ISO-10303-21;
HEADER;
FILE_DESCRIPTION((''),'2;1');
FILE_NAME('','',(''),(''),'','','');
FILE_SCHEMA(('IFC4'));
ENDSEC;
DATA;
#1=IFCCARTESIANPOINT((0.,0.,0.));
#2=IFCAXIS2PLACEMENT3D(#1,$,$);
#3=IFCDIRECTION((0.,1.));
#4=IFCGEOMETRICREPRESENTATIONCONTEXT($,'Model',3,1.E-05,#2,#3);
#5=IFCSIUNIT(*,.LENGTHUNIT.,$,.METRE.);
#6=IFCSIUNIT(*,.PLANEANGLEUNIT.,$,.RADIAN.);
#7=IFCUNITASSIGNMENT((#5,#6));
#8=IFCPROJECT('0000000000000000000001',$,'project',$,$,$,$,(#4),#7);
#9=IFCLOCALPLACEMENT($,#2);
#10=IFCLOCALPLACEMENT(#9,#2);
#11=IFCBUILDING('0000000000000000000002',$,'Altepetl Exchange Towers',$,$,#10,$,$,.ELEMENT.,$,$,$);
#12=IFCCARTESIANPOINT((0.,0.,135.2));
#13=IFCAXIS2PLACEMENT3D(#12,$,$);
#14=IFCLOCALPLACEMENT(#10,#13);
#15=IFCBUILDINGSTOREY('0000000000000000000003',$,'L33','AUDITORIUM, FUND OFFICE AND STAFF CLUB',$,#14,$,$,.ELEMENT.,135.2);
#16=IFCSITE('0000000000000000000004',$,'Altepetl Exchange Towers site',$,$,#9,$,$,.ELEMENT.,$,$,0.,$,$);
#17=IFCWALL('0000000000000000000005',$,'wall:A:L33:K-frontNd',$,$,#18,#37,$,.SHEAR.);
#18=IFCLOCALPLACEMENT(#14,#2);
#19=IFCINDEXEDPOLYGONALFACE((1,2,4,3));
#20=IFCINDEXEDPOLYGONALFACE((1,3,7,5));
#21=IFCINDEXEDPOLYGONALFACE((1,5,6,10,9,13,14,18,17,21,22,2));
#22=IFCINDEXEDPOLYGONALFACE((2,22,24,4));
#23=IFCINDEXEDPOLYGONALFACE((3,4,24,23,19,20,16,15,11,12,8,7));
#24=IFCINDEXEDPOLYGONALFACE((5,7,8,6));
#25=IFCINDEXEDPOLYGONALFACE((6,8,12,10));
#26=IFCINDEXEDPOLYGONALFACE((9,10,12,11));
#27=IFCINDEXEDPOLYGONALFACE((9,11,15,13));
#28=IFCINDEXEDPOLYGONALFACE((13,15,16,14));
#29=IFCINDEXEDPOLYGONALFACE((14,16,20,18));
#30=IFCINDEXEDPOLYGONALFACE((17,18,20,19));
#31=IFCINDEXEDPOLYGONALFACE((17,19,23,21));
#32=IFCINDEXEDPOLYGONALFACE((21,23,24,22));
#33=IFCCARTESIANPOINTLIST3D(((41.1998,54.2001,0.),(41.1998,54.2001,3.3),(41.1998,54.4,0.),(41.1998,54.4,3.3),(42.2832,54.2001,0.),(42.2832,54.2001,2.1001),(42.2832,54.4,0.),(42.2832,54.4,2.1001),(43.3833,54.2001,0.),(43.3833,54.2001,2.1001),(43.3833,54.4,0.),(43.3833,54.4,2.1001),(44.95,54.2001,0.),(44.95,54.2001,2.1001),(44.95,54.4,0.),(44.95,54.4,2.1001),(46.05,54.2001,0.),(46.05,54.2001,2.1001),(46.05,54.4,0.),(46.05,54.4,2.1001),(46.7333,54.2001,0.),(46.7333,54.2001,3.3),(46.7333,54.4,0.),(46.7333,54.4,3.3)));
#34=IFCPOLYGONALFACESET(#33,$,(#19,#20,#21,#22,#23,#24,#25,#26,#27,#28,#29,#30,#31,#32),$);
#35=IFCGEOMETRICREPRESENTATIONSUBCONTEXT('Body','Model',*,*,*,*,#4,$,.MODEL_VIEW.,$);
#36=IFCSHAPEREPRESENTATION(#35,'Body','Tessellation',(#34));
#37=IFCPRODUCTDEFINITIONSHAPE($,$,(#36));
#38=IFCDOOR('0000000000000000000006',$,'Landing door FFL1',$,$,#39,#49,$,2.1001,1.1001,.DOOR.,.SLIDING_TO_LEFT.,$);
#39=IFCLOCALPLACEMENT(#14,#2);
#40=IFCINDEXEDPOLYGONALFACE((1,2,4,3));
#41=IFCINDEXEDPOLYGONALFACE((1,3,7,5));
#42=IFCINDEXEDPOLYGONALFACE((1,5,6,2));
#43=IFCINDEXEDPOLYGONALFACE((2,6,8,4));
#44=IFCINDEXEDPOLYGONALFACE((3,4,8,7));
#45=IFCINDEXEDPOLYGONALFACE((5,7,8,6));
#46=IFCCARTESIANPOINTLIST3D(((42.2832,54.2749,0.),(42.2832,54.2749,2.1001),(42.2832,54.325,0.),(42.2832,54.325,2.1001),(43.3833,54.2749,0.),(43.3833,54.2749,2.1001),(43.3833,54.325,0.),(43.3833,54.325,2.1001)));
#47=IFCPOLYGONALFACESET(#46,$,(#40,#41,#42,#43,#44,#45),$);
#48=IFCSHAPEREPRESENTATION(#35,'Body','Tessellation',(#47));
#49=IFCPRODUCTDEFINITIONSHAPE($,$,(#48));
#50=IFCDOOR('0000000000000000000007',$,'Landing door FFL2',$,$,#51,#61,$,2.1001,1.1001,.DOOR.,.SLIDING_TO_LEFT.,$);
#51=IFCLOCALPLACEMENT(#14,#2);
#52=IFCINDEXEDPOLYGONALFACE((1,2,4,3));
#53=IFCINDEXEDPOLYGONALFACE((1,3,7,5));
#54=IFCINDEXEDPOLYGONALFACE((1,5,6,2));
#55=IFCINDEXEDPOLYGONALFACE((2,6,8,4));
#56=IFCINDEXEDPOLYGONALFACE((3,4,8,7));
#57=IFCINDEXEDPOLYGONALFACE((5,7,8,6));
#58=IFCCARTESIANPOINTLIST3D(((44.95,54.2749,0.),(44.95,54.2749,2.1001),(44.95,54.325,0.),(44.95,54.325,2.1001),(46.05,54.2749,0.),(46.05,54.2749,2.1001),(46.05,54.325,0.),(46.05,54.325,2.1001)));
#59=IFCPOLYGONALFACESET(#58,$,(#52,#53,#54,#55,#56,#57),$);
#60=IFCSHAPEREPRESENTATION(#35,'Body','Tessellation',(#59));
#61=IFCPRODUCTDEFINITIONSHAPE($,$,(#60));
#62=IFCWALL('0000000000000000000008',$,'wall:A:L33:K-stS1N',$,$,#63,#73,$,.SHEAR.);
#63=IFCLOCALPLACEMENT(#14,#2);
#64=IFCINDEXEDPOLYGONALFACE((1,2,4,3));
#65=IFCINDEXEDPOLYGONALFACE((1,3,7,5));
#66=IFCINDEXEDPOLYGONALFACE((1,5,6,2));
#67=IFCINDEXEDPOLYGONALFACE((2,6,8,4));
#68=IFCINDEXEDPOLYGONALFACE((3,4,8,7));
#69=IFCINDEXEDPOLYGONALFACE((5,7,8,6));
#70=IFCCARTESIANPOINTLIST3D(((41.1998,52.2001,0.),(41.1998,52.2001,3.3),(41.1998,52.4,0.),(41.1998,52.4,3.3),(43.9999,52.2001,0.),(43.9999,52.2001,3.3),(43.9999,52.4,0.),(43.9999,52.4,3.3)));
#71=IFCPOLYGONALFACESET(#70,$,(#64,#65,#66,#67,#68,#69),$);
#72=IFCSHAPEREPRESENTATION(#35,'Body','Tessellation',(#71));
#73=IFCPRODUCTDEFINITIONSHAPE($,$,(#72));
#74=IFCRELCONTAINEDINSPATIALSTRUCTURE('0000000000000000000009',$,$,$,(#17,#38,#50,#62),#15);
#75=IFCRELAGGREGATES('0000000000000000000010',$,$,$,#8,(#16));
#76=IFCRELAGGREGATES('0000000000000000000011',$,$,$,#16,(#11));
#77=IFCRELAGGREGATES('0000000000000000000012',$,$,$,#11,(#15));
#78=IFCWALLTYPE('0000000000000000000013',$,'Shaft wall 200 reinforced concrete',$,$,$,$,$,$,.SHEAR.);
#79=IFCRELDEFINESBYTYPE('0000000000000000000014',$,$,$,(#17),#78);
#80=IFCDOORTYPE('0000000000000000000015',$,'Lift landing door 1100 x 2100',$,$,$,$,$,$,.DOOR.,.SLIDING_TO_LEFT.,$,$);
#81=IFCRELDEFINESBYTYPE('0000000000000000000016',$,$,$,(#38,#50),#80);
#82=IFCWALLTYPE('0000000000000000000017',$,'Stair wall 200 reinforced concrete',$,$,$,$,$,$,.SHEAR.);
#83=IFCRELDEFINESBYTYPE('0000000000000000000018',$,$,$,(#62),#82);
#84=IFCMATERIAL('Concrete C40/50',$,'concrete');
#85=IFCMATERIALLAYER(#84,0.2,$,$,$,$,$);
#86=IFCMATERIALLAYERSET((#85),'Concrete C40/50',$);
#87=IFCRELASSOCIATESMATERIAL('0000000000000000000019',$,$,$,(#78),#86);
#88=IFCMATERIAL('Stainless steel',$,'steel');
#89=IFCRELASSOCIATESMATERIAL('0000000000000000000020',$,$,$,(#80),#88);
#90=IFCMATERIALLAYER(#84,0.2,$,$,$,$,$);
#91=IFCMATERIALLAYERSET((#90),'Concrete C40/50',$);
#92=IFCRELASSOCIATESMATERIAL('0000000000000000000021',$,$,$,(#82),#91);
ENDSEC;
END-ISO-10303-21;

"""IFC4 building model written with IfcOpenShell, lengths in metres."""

from ifc_helpers import new_model, si_unit, direction, frame, frame_2d, origin, place, context, subcontext, project, spatial, rectangle, extrude, material, layer, layer_set, type_object, element, fill, save


model = new_model("IFC4")

# Units and contexts
model_context = context("Model", 3, precision=1e-05, world=origin(), true_north=direction((0.0, 1.0)))
body_context = subcontext(model_context, "Body", "Model", "MODEL_VIEW")
ifc_project = project(units=[si_unit("LENGTHUNIT", "METRE"), si_unit("PLANEANGLEUNIT", "RADIAN")], contexts=[model_context])

# Site, building, storey
site_placement = place(None, origin())
site = spatial("IfcSite", under=ifc_project, at=site_placement, Name="Altepetl Exchange Towers site", CompositionType="ELEMENT", RefElevation=0.0)
building_placement = place(site_placement, origin())
building = spatial("IfcBuilding", under=site, at=building_placement, Name="Altepetl Exchange Towers", CompositionType="ELEMENT")
storey_placement = place(building_placement, frame((0.0, 0.0, 135.2)))
storey = spatial("IfcBuildingStorey", under=building, at=storey_placement, Name="L33", Description="AUDITORIUM, FUND OFFICE AND STAFF CLUB", CompositionType="ELEMENT", Elevation=135.2)

# Shared definitions
ifc_material_1 = material(Name="Concrete C40/50", Category="concrete")
ifc_layer_1 = layer(ifc_material_1, 0.2)
ifc_layer_set_1 = layer_set([ifc_layer_1], Name="Concrete C40/50")
wall_type_1 = type_object("IfcWallType", Name="Shaft wall 200 reinforced concrete", PredefinedType="SHEAR", material=ifc_layer_set_1)

# Wall, openings, doors
wall_1_placement = place(storey_placement, frame((41.2, 54.3, 0.0)))
wall_1 = element("IfcWall", 1, at=wall_1_placement, inside=storey, type_object=wall_type_1, Name="wall:A:L33:K-frontNd", PredefinedType="SHEAR", context=body_context, shape_type="SweptSolid", body=[
    extrude(rectangle(XDim=5.5334, YDim=0.2, at=frame_2d((2.7666, 0.0))), origin(), (0.0, 0.0, 1.0), 3.3),
])
opening_1_placement = place(wall_1_placement, frame((1.0833, 0.0, 0.0)))
opening_1 = element("IfcOpeningElement", 2, at=opening_1_placement, cuts=wall_1, PredefinedType="OPENING", context=body_context, shape_type="SweptSolid", body=[
    extrude(rectangle(XDim=1.1001, YDim=2.1001, at=frame_2d((0.55, 1.05))), frame((0.0, 0.1099, 0.0), z_axis=(0.0, -1.0, 0.0), x_axis=(1.0, 0.0, 0.0)), (0.0, 0.0, 1.0), 0.22),
])
opening_2_placement = place(wall_1_placement, frame((3.75, 0.0, 0.0)))
opening_2 = element("IfcOpeningElement", 3, at=opening_2_placement, cuts=wall_1, PredefinedType="OPENING", context=body_context, shape_type="SweptSolid", body=[
    extrude(rectangle(XDim=1.1001, YDim=2.1001, at=frame_2d((0.55, 1.05))), frame((0.0, 0.1099, 0.0), z_axis=(0.0, -1.0, 0.0), x_axis=(1.0, 0.0, 0.0)), (0.0, 0.0, 1.0), 0.22),
])
ifc_material_2 = material(Name="Stainless steel", Category="steel")
door_type_1 = type_object("IfcDoorType", Name="Lift landing door 1100 x 2100", OperationType="SLIDING_TO_LEFT", PredefinedType="DOOR", material=ifc_material_2)
door_1_placement = place(opening_1_placement, origin())
door_1 = element("IfcDoor", 4, at=door_1_placement, inside=storey, type_object=door_type_1, Name="Landing door FFL1", OperationType="SLIDING_TO_LEFT", OverallHeight=2.1001, OverallWidth=1.1001, PredefinedType="DOOR", context=body_context, shape_type="SweptSolid", body=[
    extrude(rectangle(XDim=1.1001, YDim=2.1001, at=frame_2d((0.55, 1.05))), frame((0.0, 0.0249, 0.0), z_axis=(0.0, -1.0, 0.0), x_axis=(1.0, 0.0, 0.0)), (0.0, 0.0, 1.0), 0.05),
])
fill(opening_1, door_1)
door_2_placement = place(opening_2_placement, origin())
door_2 = element("IfcDoor", 5, at=door_2_placement, inside=storey, type_object=door_type_1, Name="Landing door FFL2", OperationType="SLIDING_TO_LEFT", OverallHeight=2.1001, OverallWidth=1.1001, PredefinedType="DOOR", context=body_context, shape_type="SweptSolid", body=[
    extrude(rectangle(XDim=1.1001, YDim=2.1001, at=frame_2d((0.55, 1.05))), frame((0.0, 0.0249, 0.0), z_axis=(0.0, -1.0, 0.0), x_axis=(1.0, 0.0, 0.0)), (0.0, 0.0, 1.0), 0.05),
])
fill(opening_2, door_2)

# Wall
ifc_layer_2 = layer(ifc_material_1, 0.2)
ifc_layer_set_2 = layer_set([ifc_layer_2], Name="Concrete C40/50")
wall_type_2 = type_object("IfcWallType", Name="Stair wall 200 reinforced concrete", PredefinedType="SHEAR", material=ifc_layer_set_2)
wall_2_placement = place(storey_placement, frame((41.2, 52.3, 0.0)))
element("IfcWall", 6, at=wall_2_placement, inside=storey, type_object=wall_type_2, Name="wall:A:L33:K-stS1N", PredefinedType="SHEAR", context=body_context, shape_type="SweptSolid", body=[
    extrude(rectangle(XDim=2.8, YDim=0.2, at=frame_2d((1.3999, 0.0))), origin(), (0.0, 0.0, 1.0), 3.3),
])

save(model, "model.ifc")
